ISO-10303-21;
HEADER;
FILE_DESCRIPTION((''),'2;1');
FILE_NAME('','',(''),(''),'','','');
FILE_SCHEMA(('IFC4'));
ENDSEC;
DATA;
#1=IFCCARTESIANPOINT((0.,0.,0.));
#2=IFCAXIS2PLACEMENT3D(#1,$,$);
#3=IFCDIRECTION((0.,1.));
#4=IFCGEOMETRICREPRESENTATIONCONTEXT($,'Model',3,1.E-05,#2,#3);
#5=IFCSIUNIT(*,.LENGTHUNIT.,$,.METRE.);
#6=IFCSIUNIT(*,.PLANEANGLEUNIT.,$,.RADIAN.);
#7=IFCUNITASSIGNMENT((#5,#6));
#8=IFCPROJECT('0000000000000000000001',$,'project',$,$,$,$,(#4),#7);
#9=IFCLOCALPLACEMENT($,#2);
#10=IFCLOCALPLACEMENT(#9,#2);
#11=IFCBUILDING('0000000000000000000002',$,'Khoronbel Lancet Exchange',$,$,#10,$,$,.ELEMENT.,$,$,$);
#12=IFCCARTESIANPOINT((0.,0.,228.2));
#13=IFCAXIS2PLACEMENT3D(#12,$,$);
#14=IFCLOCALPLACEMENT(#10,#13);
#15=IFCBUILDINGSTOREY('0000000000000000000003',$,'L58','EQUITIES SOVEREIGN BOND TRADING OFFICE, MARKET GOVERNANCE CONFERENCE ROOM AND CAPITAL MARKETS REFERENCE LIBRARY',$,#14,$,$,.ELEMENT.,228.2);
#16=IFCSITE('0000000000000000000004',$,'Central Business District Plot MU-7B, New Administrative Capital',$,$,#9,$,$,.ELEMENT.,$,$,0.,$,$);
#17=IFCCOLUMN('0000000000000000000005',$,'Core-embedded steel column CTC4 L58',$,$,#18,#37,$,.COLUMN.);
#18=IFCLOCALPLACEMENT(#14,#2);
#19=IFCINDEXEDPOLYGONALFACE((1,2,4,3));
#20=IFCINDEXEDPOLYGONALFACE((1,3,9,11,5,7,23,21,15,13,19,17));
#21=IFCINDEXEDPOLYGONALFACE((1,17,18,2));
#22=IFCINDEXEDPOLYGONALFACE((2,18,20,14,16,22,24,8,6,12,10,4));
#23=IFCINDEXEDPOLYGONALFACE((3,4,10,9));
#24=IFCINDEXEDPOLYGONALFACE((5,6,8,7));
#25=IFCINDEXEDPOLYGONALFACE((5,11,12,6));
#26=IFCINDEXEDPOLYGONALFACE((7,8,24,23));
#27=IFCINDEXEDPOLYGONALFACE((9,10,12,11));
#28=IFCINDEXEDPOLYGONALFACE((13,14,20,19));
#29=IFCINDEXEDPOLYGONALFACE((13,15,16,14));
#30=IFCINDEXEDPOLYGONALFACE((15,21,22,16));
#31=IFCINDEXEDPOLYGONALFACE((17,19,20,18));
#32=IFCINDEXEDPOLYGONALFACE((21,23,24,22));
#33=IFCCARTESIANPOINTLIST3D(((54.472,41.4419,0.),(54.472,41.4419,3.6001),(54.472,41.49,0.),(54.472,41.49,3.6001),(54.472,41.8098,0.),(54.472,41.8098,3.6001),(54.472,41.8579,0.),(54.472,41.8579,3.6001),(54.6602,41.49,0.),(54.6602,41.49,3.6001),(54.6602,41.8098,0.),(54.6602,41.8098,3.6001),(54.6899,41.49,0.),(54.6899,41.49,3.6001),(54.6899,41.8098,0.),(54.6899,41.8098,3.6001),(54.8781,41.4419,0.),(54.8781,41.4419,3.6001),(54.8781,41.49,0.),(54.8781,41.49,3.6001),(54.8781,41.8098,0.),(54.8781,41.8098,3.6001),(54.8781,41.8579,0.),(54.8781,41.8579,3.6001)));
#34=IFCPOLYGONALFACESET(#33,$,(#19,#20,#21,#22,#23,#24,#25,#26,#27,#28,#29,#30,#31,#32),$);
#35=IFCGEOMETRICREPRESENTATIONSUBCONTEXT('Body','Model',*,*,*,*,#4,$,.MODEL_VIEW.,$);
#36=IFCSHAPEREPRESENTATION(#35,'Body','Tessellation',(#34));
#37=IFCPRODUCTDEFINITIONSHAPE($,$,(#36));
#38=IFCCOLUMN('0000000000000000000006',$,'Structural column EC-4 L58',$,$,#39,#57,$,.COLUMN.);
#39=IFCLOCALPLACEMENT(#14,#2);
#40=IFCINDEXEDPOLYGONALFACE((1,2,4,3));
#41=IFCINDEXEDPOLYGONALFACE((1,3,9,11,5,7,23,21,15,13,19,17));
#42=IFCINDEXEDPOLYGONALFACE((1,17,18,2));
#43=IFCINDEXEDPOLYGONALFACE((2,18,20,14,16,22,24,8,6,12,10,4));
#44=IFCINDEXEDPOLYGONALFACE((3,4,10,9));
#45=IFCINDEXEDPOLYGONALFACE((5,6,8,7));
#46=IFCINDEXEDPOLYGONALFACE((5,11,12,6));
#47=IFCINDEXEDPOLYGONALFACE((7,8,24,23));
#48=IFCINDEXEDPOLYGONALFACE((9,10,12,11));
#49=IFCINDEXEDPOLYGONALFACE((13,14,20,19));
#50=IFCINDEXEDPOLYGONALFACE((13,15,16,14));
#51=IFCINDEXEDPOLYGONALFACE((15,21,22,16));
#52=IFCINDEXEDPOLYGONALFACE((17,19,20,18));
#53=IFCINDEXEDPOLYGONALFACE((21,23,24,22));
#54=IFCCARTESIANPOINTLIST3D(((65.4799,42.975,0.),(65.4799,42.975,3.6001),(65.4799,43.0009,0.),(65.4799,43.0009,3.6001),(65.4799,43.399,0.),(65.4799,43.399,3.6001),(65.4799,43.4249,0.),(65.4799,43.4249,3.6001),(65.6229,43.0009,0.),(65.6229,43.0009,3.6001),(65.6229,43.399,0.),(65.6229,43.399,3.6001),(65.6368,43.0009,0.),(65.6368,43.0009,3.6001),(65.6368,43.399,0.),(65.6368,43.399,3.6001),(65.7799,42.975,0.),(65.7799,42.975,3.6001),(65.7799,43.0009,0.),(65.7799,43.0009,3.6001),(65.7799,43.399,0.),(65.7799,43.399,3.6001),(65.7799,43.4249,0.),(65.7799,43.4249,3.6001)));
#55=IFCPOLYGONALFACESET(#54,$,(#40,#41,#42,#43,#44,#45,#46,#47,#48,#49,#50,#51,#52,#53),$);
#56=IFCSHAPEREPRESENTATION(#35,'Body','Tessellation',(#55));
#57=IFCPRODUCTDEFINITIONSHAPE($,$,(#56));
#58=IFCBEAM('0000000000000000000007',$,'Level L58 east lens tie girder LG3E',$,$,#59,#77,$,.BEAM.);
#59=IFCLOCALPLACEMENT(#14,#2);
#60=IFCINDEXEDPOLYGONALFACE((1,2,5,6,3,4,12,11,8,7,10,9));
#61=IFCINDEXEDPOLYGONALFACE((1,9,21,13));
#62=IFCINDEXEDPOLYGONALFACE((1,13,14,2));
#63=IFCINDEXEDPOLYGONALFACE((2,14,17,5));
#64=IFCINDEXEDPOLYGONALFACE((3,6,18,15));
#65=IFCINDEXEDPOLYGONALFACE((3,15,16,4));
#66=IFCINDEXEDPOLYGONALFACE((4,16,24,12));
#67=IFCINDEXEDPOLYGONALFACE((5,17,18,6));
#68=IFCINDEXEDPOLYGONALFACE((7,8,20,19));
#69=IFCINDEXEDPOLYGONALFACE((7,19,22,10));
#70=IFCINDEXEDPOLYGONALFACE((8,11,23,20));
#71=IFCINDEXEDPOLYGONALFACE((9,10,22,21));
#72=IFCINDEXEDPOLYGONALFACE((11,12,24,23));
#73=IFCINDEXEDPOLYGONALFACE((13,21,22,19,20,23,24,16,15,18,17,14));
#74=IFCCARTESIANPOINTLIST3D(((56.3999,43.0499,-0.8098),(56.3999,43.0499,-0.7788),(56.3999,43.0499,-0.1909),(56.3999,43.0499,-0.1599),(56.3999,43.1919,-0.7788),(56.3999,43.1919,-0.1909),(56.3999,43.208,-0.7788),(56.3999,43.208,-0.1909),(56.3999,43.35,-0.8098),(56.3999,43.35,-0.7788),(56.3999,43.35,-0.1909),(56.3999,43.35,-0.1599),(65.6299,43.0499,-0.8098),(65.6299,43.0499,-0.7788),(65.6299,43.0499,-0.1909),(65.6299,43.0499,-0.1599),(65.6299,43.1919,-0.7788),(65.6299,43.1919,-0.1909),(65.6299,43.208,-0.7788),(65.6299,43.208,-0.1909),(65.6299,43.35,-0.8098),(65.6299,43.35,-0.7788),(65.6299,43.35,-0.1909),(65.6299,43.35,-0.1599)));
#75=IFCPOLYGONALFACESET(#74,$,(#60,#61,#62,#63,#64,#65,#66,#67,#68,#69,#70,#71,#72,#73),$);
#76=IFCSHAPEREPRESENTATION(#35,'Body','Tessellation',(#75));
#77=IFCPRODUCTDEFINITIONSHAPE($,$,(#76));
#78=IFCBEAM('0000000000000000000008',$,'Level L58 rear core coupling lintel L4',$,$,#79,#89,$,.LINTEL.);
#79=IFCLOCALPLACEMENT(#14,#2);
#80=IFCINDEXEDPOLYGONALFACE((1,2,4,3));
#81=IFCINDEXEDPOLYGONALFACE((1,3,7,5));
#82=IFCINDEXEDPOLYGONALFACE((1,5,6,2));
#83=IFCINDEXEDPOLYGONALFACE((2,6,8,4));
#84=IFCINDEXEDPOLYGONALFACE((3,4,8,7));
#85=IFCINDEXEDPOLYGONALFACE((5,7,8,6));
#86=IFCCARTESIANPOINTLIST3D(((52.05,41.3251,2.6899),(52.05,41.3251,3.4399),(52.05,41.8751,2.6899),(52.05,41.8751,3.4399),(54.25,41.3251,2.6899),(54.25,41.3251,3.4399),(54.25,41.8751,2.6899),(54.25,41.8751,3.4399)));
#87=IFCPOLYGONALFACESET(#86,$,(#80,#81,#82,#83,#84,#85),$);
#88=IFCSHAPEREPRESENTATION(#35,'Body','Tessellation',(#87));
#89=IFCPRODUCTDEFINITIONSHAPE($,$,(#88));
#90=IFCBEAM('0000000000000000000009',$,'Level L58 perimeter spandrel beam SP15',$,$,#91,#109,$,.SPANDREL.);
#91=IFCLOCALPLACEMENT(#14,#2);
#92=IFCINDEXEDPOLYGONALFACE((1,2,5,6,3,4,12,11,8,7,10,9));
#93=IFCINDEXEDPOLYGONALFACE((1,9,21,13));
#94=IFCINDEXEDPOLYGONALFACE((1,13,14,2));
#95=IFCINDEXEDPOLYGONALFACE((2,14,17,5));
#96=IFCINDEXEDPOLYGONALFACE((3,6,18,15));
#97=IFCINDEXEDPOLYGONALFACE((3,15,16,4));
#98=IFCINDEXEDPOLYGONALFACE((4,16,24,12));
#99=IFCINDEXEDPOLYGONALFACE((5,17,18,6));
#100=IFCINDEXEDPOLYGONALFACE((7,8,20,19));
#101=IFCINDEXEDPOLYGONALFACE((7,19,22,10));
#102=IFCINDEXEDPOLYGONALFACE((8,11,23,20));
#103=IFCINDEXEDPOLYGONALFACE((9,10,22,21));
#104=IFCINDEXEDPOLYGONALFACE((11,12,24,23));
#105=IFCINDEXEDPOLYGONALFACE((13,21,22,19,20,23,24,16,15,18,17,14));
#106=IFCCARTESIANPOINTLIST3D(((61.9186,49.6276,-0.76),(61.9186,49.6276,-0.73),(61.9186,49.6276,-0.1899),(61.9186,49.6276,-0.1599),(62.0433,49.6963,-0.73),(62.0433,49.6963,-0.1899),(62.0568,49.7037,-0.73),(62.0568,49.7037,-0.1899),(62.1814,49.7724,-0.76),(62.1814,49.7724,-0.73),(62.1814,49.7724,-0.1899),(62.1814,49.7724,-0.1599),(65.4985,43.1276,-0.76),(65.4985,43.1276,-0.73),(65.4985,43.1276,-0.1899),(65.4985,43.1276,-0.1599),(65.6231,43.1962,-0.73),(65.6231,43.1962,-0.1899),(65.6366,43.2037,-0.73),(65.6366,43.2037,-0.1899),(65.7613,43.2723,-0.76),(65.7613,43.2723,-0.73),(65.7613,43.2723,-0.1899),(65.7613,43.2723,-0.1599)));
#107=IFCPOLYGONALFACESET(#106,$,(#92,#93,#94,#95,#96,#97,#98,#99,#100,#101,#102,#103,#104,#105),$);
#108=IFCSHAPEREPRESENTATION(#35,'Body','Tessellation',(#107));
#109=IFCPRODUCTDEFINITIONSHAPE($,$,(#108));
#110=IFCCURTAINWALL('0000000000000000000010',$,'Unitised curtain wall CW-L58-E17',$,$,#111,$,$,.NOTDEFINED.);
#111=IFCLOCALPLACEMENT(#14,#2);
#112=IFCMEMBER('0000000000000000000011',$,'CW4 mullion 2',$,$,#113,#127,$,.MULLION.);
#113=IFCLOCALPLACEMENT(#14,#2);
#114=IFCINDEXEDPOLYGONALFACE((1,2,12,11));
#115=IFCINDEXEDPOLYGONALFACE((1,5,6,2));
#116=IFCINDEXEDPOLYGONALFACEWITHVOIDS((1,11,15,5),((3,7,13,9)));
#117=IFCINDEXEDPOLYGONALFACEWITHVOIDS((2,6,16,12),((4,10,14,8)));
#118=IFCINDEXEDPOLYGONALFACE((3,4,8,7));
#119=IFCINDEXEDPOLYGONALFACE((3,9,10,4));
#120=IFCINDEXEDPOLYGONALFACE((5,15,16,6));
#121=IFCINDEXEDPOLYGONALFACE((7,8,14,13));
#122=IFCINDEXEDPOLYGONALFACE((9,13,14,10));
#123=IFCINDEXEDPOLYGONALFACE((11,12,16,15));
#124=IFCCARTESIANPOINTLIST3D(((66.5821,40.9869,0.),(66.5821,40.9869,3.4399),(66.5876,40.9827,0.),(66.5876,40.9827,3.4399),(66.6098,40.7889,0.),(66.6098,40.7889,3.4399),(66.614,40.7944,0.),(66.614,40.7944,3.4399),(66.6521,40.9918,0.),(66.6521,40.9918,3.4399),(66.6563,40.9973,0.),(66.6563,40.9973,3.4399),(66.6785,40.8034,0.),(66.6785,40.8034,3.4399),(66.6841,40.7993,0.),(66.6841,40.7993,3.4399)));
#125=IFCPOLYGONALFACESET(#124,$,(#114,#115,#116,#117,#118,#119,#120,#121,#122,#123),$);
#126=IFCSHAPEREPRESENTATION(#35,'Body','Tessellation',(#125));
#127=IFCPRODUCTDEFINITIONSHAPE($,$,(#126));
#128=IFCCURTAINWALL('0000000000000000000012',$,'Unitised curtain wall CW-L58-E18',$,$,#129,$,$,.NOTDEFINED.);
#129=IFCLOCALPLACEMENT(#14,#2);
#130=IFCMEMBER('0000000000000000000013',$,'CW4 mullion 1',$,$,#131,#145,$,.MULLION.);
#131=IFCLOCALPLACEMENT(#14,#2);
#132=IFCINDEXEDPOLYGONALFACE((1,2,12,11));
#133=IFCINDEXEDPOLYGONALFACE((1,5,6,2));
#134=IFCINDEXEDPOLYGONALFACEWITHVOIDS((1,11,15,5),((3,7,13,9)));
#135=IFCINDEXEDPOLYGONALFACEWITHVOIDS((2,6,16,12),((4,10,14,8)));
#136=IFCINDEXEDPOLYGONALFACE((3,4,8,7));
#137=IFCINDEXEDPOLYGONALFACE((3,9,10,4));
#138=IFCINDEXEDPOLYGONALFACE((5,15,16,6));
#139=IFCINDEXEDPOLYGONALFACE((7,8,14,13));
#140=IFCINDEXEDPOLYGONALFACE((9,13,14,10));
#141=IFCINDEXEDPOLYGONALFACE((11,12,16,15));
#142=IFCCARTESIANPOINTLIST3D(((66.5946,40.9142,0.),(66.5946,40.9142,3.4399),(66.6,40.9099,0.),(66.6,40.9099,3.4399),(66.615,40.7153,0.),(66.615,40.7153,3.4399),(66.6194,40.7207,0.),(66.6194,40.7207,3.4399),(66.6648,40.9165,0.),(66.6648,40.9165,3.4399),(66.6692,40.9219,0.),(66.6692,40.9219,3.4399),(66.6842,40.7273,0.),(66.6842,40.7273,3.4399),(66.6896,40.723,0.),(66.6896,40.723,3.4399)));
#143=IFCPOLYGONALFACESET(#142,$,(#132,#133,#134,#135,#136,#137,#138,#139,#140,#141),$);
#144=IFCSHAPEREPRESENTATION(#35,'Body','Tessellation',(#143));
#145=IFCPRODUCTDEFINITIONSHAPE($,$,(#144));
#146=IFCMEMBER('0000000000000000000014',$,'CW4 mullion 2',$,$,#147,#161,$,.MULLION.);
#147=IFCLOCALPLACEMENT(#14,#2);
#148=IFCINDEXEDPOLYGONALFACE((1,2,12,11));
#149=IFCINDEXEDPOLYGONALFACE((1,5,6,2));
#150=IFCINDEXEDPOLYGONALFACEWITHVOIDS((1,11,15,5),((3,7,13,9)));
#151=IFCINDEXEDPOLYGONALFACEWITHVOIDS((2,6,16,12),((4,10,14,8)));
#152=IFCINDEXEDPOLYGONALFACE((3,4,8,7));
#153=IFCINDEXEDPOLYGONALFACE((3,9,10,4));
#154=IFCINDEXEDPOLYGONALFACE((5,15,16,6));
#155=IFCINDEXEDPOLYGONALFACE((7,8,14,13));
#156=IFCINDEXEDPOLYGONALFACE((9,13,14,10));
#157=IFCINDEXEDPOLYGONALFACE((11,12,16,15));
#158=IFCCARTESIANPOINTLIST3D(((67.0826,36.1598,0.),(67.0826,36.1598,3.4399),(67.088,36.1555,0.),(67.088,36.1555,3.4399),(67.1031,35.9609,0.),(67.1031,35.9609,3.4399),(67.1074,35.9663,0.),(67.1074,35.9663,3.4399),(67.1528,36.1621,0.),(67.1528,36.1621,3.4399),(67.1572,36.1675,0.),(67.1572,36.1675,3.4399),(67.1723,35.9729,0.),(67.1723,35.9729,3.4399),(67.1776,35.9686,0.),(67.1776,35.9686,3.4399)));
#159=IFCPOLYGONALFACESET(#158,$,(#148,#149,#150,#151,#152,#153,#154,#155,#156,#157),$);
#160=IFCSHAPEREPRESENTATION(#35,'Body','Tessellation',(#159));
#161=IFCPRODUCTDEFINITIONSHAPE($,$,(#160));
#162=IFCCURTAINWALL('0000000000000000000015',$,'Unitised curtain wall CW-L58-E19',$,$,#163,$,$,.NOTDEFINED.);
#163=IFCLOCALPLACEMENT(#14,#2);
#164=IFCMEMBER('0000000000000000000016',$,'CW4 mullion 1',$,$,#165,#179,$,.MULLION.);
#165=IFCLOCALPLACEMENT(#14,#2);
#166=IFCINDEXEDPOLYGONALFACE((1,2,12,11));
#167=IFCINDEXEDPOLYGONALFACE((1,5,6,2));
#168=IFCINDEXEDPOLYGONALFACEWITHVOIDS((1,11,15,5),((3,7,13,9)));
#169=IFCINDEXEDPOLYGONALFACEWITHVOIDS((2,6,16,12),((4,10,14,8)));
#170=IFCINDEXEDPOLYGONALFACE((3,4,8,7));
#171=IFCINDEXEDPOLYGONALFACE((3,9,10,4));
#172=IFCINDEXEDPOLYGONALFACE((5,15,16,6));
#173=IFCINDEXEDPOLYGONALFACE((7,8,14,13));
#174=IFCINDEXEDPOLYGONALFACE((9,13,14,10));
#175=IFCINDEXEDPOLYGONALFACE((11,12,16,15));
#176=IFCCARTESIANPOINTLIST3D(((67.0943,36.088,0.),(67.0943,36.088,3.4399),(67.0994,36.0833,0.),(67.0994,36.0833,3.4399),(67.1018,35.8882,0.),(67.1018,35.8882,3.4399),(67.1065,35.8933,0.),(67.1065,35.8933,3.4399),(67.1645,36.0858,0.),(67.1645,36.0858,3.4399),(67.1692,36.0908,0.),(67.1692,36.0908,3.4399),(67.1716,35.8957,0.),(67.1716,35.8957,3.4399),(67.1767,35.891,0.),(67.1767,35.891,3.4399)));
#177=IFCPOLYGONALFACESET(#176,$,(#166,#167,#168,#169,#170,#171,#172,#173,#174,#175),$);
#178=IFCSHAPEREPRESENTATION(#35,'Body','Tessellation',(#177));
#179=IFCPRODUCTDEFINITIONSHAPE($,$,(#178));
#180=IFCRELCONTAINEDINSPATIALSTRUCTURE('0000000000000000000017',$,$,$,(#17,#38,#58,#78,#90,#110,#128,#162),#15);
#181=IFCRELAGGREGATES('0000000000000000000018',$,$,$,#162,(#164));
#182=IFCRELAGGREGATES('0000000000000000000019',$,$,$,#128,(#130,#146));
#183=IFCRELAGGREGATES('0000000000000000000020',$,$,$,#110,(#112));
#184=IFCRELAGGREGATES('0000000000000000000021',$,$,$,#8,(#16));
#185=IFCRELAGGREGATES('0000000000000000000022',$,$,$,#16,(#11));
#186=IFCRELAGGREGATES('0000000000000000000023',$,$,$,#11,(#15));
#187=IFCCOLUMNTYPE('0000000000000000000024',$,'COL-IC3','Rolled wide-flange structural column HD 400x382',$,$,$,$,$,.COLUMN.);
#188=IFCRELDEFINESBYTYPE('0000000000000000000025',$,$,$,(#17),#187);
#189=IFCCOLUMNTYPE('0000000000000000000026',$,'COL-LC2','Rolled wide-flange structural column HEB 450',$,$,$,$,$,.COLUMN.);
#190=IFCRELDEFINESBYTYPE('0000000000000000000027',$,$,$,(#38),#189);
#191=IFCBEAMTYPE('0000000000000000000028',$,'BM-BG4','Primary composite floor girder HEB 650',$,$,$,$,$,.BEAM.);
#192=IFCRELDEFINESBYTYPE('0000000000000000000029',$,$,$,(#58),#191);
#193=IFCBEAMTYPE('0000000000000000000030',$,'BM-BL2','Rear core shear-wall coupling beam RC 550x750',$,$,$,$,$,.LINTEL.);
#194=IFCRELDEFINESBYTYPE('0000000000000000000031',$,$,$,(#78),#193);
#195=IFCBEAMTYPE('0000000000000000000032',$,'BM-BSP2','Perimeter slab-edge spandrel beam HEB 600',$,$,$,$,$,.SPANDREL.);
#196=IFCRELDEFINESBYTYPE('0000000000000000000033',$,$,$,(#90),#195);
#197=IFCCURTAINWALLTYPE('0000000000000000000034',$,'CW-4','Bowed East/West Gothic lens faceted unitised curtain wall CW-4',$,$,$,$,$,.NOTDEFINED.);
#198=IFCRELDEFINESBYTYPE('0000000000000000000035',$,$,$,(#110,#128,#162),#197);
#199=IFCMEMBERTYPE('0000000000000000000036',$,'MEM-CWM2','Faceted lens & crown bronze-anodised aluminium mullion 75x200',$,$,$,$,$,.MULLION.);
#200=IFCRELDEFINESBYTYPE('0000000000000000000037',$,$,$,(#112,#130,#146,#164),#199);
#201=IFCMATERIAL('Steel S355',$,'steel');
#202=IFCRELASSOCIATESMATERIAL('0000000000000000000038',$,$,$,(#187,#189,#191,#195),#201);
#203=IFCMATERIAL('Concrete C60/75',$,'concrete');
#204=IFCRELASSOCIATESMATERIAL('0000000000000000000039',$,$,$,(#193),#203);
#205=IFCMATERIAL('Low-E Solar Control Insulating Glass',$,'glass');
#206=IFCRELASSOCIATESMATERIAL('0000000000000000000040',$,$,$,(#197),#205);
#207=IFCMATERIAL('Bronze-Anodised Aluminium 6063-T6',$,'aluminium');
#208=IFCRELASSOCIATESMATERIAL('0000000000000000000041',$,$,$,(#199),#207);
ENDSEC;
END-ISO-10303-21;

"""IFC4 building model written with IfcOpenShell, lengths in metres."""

from ifc_helpers import new_model, si_unit, direction, frame, origin, origin_2d, place, context, subcontext, project, spatial, rectangle, hollow_rectangle, i_section, extrude, material, material_profile, profile_set, type_object, element, aggregate, save


model = new_model("IFC4")

# Units and contexts
model_context = context("Model", 3, precision=1e-05, world=origin(), true_north=direction((0.0, 1.0)))
body_context = subcontext(model_context, "Body", "Model", "MODEL_VIEW")
ifc_project = project(units=[si_unit("LENGTHUNIT", "METRE"), si_unit("PLANEANGLEUNIT", "RADIAN")], contexts=[model_context])

# Site, building, storey
site_placement = place(None, origin())
site = spatial("IfcSite", under=ifc_project, at=site_placement, Name="Central Business District Plot MU-7B, New Administrative Capital", CompositionType="ELEMENT", RefElevation=0.0)
building_placement = place(site_placement, origin())
building = spatial("IfcBuilding", under=site, at=building_placement, Name="Khoronbel Lancet Exchange", CompositionType="ELEMENT")
storey_placement = place(building_placement, frame((0.0, 0.0, 228.2)))
storey = spatial("IfcBuildingStorey", under=building, at=storey_placement, Name="L58", Description="EQUITIES SOVEREIGN BOND TRADING OFFICE, MARKET GOVERNANCE CONFERENCE ROOM AND CAPITAL MARKETS REFERENCE LIBRARY", CompositionType="ELEMENT", Elevation=228.2)

# Columns
ifc_material_1 = material(Name="Steel S355", Category="steel")
ifc_material_profile_1 = material_profile(ifc_material_1, i_section(OverallWidth=0.406, OverallDepth=0.416, WebThickness=0.0298, FlangeThickness=0.0481, at=origin_2d()), Name="HD 400x382")
ifc_profile_set_1 = profile_set([ifc_material_profile_1], Name="Steel S355")
column_type_1 = type_object("IfcColumnType", Name="COL-IC3", Description="Rolled wide-flange structural column HD 400x382", PredefinedType="COLUMN", material=ifc_profile_set_1)
column_1_placement = place(storey_placement, frame((54.675, 41.6499, 0.0), z_axis=(0.0, 0.0, 1.0), x_axis=(1.0, 0.0, 0.0)))
element("IfcColumn", 1, at=column_1_placement, inside=storey, type_object=column_type_1, Name="Core-embedded steel column CTC4 L58", PredefinedType="COLUMN", context=body_context, shape_type="SweptSolid", body=[
    extrude(i_section(OverallWidth=0.406, OverallDepth=0.416, WebThickness=0.0298, FlangeThickness=0.0481, at=origin_2d()), origin(), (0.0, 0.0, 1.0), 3.6001),
])
ifc_material_profile_2 = material_profile(ifc_material_1, i_section(OverallWidth=0.3, OverallDepth=0.45, WebThickness=0.0139, FlangeThickness=0.0259, at=origin_2d()), Name="HEB 450")
ifc_profile_set_2 = profile_set([ifc_material_profile_2], Name="Steel S355")
column_type_2 = type_object("IfcColumnType", Name="COL-LC2", Description="Rolled wide-flange structural column HEB 450", PredefinedType="COLUMN", material=ifc_profile_set_2)
column_2_placement = place(storey_placement, frame((65.6299, 43.2, 0.0), z_axis=(0.0, 0.0, 1.0), x_axis=(1.0, 0.0, 0.0)))
element("IfcColumn", 2, at=column_2_placement, inside=storey, type_object=column_type_2, Name="Structural column EC-4 L58", PredefinedType="COLUMN", context=body_context, shape_type="SweptSolid", body=[
    extrude(i_section(OverallWidth=0.3, OverallDepth=0.45, WebThickness=0.0139, FlangeThickness=0.0259, at=origin_2d()), origin(), (0.0, 0.0, 1.0), 3.6001),
])

# Beams
ifc_material_profile_3 = material_profile(ifc_material_1, i_section(OverallWidth=0.3, OverallDepth=0.6499, WebThickness=0.0161, FlangeThickness=0.031, at=origin_2d()), Name="HEB 650")
ifc_profile_set_3 = profile_set([ifc_material_profile_3], Name="Steel S355")
beam_type_1 = type_object("IfcBeamType", Name="BM-BG4", Description="Primary composite floor girder HEB 650", PredefinedType="BEAM", material=ifc_profile_set_3)
beam_1_placement = place(storey_placement, frame((56.3999, 43.2, -0.4849), z_axis=(1.0, 0.0, 0.0), x_axis=(0.0, 1.0, 0.0)))
element("IfcBeam", 3, at=beam_1_placement, inside=storey, type_object=beam_type_1, Name="Level L58 east lens tie girder LG3E", PredefinedType="BEAM", context=body_context, shape_type="SweptSolid", body=[
    extrude(i_section(OverallWidth=0.3, OverallDepth=0.6499, WebThickness=0.0161, FlangeThickness=0.031, at=origin_2d()), origin(), (0.0, 0.0, 1.0), 9.23),
])
ifc_material_2 = material(Name="Concrete C60/75", Category="concrete")
ifc_material_profile_4 = material_profile(ifc_material_2, rectangle(XDim=0.55, YDim=0.75, at=origin_2d()), Name="RC 550x750")
ifc_profile_set_4 = profile_set([ifc_material_profile_4], Name="Concrete C60/75")
beam_type_2 = type_object("IfcBeamType", Name="BM-BL2", Description="Rear core shear-wall coupling beam RC 550x750", PredefinedType="LINTEL", material=ifc_profile_set_4)
beam_2_placement = place(storey_placement, frame((52.05, 41.6001, 3.0649), z_axis=(1.0, 0.0, 0.0), x_axis=(0.0, 1.0, 0.0)))
element("IfcBeam", 4, at=beam_2_placement, inside=storey, type_object=beam_type_2, Name="Level L58 rear core coupling lintel L4", PredefinedType="LINTEL", context=body_context, shape_type="SweptSolid", body=[
    extrude(rectangle(XDim=0.55, YDim=0.75, at=origin_2d()), origin(), (0.0, 0.0, 1.0), 2.2),
])
ifc_material_profile_5 = material_profile(ifc_material_1, i_section(OverallWidth=0.3, OverallDepth=0.6001, WebThickness=0.0154, FlangeThickness=0.03, at=origin_2d()), Name="HEB 600")
ifc_profile_set_5 = profile_set([ifc_material_profile_5], Name="Steel S355")
beam_type_3 = type_object("IfcBeamType", Name="BM-BSP2", Description="Perimeter slab-edge spandrel beam HEB 600", PredefinedType="SPANDREL", material=ifc_profile_set_5)
beam_3_placement = place(storey_placement, frame((65.6299, 43.2, -0.46), z_axis=(-0.482419, 0.875941, 0.0), x_axis=(-0.875941, -0.482419, 0.0)))
element("IfcBeam", 5, at=beam_3_placement, inside=storey, type_object=beam_type_3, Name="Level L58 perimeter spandrel beam SP15", PredefinedType="SPANDREL", context=body_context, shape_type="SweptSolid", body=[
    extrude(i_section(OverallWidth=0.3, OverallDepth=0.6001, WebThickness=0.0154, FlangeThickness=0.03, at=origin_2d()), origin(), (0.0, 0.0, 1.0), 7.4207),
])

# Curtain wall, member
ifc_material_3 = material(Name="Low-E Solar Control Insulating Glass", Category="glass")
curtain_wall_type = type_object("IfcCurtainWallType", Name="CW-4", Description="Bowed East/West Gothic lens faceted unitised curtain wall CW-4", PredefinedType="NOTDEFINED", material=ifc_material_3)
curtain_wall_1_placement = place(storey_placement, origin())
curtain_wall_1 = element("IfcCurtainWall", 6, at=curtain_wall_1_placement, inside=storey, type_object=curtain_wall_type, Name="Unitised curtain wall CW-L58-E17", PredefinedType="NOTDEFINED")
ifc_material_4 = material(Name="Bronze-Anodised Aluminium 6063-T6", Category="aluminium")
ifc_material_profile_6 = material_profile(ifc_material_4, hollow_rectangle(XDim=0.075, YDim=0.2, WallThickness=0.0049, at=origin_2d()), Name="ALU MULLION 75x200")
ifc_profile_set_6 = profile_set([ifc_material_profile_6], Name="Bronze-Anodised Aluminium 6063-T6")
member_type_1 = type_object("IfcMemberType", Name="MEM-CWM2", Description="Faceted lens & crown bronze-anodised aluminium mullion 75x200", PredefinedType="MULLION", material=ifc_profile_set_6)
member_1_placement = place(storey_placement, frame((66.6331, 40.8931, 0.0), z_axis=(0.0, 0.0, 1.0), x_axis=(0.990313, 0.13885, 0.0)))
member_1 = element("IfcMember", 7, at=member_1_placement, type_object=member_type_1, Name="CW4 mullion 2", PredefinedType="MULLION", context=body_context, shape_type="SweptSolid", body=[
    extrude(hollow_rectangle(XDim=0.075, YDim=0.2, WallThickness=0.0049, at=origin_2d()), origin(), (0.0, 0.0, 1.0), 3.4399),
])

# Curtain wall, members
curtain_wall_2_placement = place(storey_placement, origin())
curtain_wall_2 = element("IfcCurtainWall", 8, at=curtain_wall_2_placement, inside=storey, type_object=curtain_wall_type, Name="Unitised curtain wall CW-L58-E18", PredefinedType="NOTDEFINED")
member_2_placement = place(storey_placement, frame((66.6421, 40.8186, 0.0), z_axis=(0.0, 0.0, 1.0), x_axis=(0.994772, 0.102116, 0.0)))
member_2 = element("IfcMember", 9, at=member_2_placement, type_object=member_type_1, Name="CW4 mullion 1", PredefinedType="MULLION", context=body_context, shape_type="SweptSolid", body=[
    extrude(hollow_rectangle(XDim=0.075, YDim=0.2, WallThickness=0.0049, at=origin_2d()), origin(), (0.0, 0.0, 1.0), 3.4399),
])
member_3_placement = place(storey_placement, frame((67.1301, 36.0642, 0.0), z_axis=(0.0, 0.0, 1.0), x_axis=(0.994772, 0.102116, 0.0)))
member_3 = element("IfcMember", 10, at=member_3_placement, type_object=member_type_1, Name="CW4 mullion 2", PredefinedType="MULLION", context=body_context, shape_type="SweptSolid", body=[
    extrude(hollow_rectangle(XDim=0.075, YDim=0.2, WallThickness=0.0049, at=origin_2d()), origin(), (0.0, 0.0, 1.0), 3.4399),
])

# Curtain wall, member
curtain_wall_3_placement = place(storey_placement, origin())
curtain_wall_3 = element("IfcCurtainWall", 11, at=curtain_wall_3_placement, inside=storey, type_object=curtain_wall_type, Name="Unitised curtain wall CW-L58-E19", PredefinedType="NOTDEFINED")
member_4_placement = place(storey_placement, frame((67.1355, 35.9895, 0.0), z_axis=(0.0, 0.0, 1.0), x_axis=(0.999295, 0.037533, 0.0)))
member_4 = element("IfcMember", 12, at=member_4_placement, type_object=member_type_1, Name="CW4 mullion 1", PredefinedType="MULLION", context=body_context, shape_type="SweptSolid", body=[
    extrude(hollow_rectangle(XDim=0.075, YDim=0.2, WallThickness=0.0049, at=origin_2d()), origin(), (0.0, 0.0, 1.0), 3.4399),
])

aggregate(curtain_wall_3, [member_4])

aggregate(curtain_wall_2, [member_2, member_3])
aggregate(curtain_wall_1, [member_1])

save(model, "model.ifc")
